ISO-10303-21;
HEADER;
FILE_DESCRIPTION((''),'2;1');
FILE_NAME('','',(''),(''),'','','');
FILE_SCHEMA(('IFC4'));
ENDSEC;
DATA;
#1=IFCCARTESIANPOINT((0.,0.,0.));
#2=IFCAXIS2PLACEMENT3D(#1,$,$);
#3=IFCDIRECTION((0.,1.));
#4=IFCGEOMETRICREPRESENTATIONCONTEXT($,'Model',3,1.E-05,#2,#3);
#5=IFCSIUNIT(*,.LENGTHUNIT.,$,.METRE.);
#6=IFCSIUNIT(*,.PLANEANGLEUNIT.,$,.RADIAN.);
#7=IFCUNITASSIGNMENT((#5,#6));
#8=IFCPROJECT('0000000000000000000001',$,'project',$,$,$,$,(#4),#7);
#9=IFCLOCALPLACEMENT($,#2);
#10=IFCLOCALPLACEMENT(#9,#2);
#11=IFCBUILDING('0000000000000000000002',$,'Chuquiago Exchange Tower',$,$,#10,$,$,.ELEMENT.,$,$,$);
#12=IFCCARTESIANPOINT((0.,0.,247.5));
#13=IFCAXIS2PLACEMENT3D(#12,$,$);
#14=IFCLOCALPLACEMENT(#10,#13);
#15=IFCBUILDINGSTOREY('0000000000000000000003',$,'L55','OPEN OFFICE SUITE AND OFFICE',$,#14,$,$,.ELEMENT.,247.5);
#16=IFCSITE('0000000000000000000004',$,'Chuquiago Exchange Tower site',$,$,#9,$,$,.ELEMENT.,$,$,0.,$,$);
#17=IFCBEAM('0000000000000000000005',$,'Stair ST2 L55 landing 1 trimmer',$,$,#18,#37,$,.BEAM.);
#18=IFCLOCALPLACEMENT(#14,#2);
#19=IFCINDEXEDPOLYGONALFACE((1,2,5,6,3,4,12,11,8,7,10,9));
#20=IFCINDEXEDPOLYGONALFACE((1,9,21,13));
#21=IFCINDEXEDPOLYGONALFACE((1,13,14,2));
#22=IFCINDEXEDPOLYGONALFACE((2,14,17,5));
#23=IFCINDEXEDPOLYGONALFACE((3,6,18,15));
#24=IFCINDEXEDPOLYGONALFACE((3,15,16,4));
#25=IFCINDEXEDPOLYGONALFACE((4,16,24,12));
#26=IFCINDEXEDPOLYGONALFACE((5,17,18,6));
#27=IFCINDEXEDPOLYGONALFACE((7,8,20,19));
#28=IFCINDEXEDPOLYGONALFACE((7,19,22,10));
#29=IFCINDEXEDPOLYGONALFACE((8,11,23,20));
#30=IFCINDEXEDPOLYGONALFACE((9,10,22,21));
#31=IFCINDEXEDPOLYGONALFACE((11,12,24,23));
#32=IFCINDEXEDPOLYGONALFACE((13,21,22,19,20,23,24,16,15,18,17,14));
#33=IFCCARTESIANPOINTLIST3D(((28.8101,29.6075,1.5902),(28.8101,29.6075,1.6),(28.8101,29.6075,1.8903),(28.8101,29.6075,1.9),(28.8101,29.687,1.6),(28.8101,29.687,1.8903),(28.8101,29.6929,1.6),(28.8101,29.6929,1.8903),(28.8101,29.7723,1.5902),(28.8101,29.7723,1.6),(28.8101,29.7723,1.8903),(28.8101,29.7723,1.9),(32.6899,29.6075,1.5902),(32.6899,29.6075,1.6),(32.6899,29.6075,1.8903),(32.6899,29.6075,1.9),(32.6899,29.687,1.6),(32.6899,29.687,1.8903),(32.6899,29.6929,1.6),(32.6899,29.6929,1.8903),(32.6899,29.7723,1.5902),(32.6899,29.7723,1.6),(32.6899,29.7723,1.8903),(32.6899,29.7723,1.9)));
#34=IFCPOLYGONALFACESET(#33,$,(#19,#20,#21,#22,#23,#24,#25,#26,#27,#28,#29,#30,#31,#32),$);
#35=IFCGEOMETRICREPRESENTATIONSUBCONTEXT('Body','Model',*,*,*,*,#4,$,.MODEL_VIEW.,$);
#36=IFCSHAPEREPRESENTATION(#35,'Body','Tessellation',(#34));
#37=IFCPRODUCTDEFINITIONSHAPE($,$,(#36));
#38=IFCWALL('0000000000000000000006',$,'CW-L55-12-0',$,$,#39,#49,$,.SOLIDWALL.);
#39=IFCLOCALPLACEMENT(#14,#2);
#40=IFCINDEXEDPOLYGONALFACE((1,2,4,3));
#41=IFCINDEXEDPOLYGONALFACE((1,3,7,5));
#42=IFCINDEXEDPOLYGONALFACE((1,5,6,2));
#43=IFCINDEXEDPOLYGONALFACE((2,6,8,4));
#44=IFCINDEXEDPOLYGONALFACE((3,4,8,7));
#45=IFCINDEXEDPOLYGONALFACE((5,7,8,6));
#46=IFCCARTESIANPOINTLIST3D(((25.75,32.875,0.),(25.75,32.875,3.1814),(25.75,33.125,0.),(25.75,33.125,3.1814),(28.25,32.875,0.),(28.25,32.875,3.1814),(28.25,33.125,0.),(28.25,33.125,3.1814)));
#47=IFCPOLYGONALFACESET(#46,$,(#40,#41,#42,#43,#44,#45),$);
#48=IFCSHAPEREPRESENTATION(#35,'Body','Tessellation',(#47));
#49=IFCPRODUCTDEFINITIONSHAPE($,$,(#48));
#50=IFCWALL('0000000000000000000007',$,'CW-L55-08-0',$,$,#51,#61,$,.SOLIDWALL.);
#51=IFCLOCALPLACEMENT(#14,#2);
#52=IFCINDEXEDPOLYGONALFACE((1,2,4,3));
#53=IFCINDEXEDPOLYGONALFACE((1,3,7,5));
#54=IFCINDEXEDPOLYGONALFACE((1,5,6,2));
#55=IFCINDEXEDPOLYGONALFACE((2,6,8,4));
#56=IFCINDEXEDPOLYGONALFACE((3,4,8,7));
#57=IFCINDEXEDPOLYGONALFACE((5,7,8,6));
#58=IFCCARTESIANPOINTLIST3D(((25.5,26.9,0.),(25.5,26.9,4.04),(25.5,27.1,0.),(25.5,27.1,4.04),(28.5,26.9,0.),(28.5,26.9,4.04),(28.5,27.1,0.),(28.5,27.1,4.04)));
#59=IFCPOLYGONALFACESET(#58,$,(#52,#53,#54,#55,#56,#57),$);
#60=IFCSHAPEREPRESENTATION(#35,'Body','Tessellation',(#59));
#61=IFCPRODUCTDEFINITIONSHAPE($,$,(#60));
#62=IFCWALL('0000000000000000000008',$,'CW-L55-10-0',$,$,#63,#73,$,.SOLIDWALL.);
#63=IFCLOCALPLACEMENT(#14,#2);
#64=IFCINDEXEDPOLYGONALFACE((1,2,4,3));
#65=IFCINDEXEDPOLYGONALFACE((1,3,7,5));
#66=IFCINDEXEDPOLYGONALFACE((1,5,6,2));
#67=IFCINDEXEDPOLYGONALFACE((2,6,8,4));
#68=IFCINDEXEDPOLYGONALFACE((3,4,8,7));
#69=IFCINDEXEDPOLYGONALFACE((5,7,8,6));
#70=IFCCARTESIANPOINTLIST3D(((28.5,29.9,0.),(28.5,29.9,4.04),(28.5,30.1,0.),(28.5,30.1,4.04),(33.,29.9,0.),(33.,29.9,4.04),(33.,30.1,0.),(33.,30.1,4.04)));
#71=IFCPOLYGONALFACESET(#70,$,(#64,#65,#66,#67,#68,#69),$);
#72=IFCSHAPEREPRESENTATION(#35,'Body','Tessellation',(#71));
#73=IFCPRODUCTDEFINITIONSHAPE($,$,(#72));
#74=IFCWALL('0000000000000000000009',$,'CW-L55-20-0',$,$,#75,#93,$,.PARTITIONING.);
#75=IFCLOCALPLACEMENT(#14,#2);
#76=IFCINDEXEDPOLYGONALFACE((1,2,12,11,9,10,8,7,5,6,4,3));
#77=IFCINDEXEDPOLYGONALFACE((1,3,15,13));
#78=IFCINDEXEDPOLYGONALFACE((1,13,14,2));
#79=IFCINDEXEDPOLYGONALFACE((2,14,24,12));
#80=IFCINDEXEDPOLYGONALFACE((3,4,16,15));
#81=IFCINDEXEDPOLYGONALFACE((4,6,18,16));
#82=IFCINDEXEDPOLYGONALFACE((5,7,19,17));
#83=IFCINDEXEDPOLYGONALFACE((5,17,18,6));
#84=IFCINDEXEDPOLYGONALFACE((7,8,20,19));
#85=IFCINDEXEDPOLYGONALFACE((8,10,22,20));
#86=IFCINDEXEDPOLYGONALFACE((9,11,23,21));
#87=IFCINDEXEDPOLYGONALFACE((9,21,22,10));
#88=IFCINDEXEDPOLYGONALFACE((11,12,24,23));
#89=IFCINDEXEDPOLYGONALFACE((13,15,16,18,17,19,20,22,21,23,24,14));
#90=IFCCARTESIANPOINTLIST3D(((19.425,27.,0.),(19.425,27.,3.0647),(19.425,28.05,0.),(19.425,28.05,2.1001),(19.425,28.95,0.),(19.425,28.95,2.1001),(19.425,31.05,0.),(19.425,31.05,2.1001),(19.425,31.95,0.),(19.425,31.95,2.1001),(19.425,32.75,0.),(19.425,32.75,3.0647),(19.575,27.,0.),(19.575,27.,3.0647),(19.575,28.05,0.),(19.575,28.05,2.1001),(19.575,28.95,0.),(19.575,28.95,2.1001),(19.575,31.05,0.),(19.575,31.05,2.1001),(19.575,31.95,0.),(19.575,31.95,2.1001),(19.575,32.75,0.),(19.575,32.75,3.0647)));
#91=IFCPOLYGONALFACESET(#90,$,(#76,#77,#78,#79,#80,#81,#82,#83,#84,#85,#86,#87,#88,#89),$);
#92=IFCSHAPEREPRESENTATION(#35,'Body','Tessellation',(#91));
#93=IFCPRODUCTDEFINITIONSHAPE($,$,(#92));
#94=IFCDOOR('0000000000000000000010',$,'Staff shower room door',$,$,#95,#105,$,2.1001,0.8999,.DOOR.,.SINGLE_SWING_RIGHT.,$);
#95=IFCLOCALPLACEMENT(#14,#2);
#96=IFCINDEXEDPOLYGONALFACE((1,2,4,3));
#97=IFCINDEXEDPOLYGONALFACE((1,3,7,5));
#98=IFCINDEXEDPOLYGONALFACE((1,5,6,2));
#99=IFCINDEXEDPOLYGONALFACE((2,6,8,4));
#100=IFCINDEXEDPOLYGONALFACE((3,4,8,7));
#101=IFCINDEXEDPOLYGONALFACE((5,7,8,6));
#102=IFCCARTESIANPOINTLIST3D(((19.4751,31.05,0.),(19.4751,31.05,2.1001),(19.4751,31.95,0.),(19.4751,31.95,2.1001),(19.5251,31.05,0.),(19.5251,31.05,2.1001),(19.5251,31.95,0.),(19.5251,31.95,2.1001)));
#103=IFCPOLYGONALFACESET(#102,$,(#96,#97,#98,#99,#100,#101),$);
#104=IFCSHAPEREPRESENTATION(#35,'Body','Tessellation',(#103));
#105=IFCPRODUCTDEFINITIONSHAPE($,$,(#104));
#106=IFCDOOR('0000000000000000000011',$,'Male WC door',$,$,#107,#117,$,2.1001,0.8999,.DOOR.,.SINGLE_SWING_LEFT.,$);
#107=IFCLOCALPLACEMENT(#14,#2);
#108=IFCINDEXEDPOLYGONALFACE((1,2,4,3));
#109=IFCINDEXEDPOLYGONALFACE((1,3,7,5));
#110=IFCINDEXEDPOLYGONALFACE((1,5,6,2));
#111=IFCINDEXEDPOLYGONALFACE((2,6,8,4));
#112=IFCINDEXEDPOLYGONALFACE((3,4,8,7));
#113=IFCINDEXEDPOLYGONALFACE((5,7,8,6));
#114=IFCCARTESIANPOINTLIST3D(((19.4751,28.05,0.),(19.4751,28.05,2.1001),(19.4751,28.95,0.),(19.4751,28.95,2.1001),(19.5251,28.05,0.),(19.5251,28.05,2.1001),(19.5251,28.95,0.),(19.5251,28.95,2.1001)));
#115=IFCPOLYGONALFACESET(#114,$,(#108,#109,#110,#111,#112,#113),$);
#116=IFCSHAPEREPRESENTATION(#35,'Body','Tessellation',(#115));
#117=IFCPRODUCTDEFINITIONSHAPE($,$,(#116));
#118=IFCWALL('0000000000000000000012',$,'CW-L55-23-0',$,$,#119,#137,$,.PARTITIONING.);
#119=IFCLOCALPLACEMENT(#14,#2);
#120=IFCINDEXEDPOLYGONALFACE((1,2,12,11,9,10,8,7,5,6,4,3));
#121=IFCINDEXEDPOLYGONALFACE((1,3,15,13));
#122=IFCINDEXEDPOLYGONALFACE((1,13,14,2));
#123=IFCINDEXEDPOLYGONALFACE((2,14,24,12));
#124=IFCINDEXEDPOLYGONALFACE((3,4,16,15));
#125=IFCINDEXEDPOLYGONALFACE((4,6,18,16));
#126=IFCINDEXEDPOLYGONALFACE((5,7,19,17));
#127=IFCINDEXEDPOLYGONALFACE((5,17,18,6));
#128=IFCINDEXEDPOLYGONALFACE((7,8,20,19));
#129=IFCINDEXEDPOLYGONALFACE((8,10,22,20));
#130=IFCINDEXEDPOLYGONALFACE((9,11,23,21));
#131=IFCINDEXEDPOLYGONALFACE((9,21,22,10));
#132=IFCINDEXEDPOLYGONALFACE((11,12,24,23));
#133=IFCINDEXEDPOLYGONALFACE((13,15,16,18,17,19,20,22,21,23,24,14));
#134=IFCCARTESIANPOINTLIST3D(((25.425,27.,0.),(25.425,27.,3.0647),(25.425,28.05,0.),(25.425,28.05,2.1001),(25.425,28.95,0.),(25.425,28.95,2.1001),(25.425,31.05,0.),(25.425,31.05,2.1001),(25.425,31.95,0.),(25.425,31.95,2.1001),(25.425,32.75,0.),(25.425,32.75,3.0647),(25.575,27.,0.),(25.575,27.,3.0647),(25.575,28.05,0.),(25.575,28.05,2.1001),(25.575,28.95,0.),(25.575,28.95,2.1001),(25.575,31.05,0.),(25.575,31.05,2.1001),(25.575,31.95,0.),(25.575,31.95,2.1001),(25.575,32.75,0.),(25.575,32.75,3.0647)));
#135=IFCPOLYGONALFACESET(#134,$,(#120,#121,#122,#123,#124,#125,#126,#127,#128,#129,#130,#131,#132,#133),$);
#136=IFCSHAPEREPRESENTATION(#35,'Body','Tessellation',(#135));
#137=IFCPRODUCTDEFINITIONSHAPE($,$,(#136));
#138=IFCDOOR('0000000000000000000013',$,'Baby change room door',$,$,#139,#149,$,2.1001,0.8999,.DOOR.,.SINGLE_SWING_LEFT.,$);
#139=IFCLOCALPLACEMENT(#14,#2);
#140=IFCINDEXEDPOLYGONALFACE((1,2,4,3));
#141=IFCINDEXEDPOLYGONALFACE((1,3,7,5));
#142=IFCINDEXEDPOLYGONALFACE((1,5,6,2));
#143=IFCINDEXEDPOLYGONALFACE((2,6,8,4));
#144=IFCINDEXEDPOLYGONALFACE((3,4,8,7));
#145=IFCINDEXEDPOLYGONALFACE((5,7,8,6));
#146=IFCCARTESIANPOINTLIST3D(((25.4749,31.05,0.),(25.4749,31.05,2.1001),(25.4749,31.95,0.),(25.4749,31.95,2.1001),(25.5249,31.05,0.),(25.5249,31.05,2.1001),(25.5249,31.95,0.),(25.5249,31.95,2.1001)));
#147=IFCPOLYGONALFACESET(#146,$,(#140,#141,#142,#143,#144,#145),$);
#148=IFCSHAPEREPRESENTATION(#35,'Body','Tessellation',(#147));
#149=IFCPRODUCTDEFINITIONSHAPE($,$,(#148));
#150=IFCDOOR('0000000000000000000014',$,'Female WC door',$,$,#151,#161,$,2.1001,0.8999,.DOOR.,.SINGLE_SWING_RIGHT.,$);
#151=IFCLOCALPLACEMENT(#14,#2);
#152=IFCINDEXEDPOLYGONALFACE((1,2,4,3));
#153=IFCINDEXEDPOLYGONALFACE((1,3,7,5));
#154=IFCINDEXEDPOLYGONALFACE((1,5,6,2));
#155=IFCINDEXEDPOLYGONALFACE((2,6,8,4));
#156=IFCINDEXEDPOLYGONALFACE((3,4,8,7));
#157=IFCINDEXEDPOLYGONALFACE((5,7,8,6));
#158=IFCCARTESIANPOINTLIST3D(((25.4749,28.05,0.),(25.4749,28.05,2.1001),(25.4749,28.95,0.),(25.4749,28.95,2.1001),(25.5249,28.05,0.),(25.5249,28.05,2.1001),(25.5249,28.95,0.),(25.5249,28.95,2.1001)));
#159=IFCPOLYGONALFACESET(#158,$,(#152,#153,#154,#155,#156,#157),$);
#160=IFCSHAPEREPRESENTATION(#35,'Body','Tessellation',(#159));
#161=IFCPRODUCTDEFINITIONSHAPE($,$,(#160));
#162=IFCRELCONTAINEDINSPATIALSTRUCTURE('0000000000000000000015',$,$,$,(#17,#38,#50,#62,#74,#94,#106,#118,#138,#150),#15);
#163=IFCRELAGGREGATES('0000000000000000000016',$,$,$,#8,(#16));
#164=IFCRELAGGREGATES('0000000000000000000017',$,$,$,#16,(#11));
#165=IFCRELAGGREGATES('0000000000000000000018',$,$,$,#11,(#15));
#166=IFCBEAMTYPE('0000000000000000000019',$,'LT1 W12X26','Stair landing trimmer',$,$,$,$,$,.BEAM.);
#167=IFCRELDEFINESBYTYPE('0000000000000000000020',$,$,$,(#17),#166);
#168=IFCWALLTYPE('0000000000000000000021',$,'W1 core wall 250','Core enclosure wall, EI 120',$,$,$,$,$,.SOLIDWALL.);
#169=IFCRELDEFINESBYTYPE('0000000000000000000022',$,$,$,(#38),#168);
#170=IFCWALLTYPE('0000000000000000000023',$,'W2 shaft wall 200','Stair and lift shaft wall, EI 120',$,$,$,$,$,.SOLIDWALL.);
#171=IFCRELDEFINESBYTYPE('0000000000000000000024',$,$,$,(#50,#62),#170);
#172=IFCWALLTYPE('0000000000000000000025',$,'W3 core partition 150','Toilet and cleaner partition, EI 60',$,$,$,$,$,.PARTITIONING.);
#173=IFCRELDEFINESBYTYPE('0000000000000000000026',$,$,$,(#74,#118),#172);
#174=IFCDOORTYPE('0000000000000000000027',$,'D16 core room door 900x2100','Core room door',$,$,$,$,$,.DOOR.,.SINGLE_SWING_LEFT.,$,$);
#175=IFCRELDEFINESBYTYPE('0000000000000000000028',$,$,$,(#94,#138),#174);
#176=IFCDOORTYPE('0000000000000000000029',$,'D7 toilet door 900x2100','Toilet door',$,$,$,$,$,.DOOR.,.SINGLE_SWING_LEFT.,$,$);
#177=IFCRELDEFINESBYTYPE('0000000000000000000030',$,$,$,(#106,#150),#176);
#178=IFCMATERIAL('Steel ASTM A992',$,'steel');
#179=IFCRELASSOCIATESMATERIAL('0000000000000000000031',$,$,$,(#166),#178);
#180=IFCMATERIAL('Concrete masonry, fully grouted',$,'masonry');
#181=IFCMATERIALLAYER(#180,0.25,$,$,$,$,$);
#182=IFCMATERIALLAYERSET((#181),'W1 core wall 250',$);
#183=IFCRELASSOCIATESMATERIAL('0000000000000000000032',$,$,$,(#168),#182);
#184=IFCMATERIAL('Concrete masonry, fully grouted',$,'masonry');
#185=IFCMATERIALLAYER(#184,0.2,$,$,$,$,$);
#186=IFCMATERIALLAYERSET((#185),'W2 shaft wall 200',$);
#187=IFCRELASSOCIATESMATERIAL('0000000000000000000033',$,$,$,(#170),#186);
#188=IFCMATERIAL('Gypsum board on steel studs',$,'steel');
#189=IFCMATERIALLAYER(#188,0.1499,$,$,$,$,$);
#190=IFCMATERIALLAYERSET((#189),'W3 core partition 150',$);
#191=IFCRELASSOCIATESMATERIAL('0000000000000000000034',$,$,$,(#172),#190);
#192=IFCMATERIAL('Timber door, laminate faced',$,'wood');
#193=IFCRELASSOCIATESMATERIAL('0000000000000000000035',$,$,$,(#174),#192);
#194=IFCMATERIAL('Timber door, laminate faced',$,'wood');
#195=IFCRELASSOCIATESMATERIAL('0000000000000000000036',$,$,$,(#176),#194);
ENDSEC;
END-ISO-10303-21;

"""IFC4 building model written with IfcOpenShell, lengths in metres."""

from ifc_helpers import new_model, si_unit, direction, frame, frame_2d, origin, origin_2d, place, context, subcontext, project, spatial, rectangle, i_section, extrude, material, layer, layer_set, material_profile, profile_set, type_object, element, fill, save


model = new_model("IFC4")

# Units and contexts
model_context = context("Model", 3, precision=1e-05, world=origin(), true_north=direction((0.0, 1.0)))
body_context = subcontext(model_context, "Body", "Model", "MODEL_VIEW")
ifc_project = project(units=[si_unit("LENGTHUNIT", "METRE"), si_unit("PLANEANGLEUNIT", "RADIAN")], contexts=[model_context])

# Site, building, storey
site_placement = place(None, origin())
site = spatial("IfcSite", under=ifc_project, at=site_placement, Name="Chuquiago Exchange Tower site", CompositionType="ELEMENT", RefElevation=0.0)
building_placement = place(site_placement, origin())
building = spatial("IfcBuilding", under=site, at=building_placement, Name="Chuquiago Exchange Tower", CompositionType="ELEMENT")
storey_placement = place(building_placement, frame((0.0, 0.0, 247.5)))
storey = spatial("IfcBuildingStorey", under=building, at=storey_placement, Name="L55", Description="OPEN OFFICE SUITE AND OFFICE", CompositionType="ELEMENT", Elevation=247.5)

# Beam
ifc_material_1 = material(Name="Steel ASTM A992", Category="steel")
ifc_material_profile_1 = material_profile(ifc_material_1, i_section(OverallWidth=0.1648, OverallDepth=0.3098, WebThickness=0.0059, FlangeThickness=0.0098, at=origin_2d()), Name="W12X26")
ifc_profile_set_1 = profile_set([ifc_material_profile_1], Name="Steel ASTM A992")
beam_type_1 = type_object("IfcBeamType", Name="LT1 W12X26", Description="Stair landing trimmer", PredefinedType="BEAM", material=ifc_profile_set_1)
beam_1_placement = place(storey_placement, frame((28.8101, 29.6899, 1.7451), z_axis=(1.0, 0.0, 0.0), x_axis=(0.0, 1.0, 0.0)))
element("IfcBeam", 1, at=beam_1_placement, inside=storey, type_object=beam_type_1, Name="Stair ST2 L55 landing 1 trimmer", PredefinedType="BEAM", context=body_context, shape_type="SweptSolid", body=[
    extrude(i_section(OverallWidth=0.1648, OverallDepth=0.3098, WebThickness=0.0059, FlangeThickness=0.0098, at=origin_2d()), origin(), (0.0, 0.0, 1.0), 3.8799),
])

# Walls
ifc_material_2 = material(Name="Concrete masonry, fully grouted", Category="masonry")
ifc_layer_1 = layer(ifc_material_2, 0.25)
ifc_layer_set_1 = layer_set([ifc_layer_1], Name="W1 core wall 250")
wall_type_1 = type_object("IfcWallType", Name="W1 core wall 250", Description="Core enclosure wall, EI 120", PredefinedType="SOLIDWALL", material=ifc_layer_set_1)
wall_1_placement = place(storey_placement, frame((25.75, 33.0, 0.0), z_axis=(0.0, 0.0, 1.0), x_axis=(1.0, 0.0, 0.0)))
element("IfcWall", 2, at=wall_1_placement, inside=storey, type_object=wall_type_1, Name="CW-L55-12-0", PredefinedType="SOLIDWALL", context=body_context, shape_type="SweptSolid", body=[
    extrude(rectangle(XDim=2.5, YDim=0.25, at=frame_2d((1.25, 0.0))), origin(), (0.0, 0.0, 1.0), 3.1814),
])
ifc_material_3 = material(Name="Concrete masonry, fully grouted", Category="masonry")
ifc_layer_2 = layer(ifc_material_3, 0.2)
ifc_layer_set_2 = layer_set([ifc_layer_2], Name="W2 shaft wall 200")
wall_type_2 = type_object("IfcWallType", Name="W2 shaft wall 200", Description="Stair and lift shaft wall, EI 120", PredefinedType="SOLIDWALL", material=ifc_layer_set_2)
wall_2_placement = place(storey_placement, frame((25.5, 27.0, 0.0), z_axis=(0.0, 0.0, 1.0), x_axis=(1.0, 0.0, 0.0)))
element("IfcWall", 3, at=wall_2_placement, inside=storey, type_object=wall_type_2, Name="CW-L55-08-0", PredefinedType="SOLIDWALL", context=body_context, shape_type="SweptSolid", body=[
    extrude(rectangle(XDim=3.0, YDim=0.2, at=frame_2d((1.5, 0.0))), origin(), (0.0, 0.0, 1.0), 4.04),
])
wall_3_placement = place(storey_placement, frame((28.5, 30.0, 0.0), z_axis=(0.0, 0.0, 1.0), x_axis=(1.0, 0.0, 0.0)))
element("IfcWall", 4, at=wall_3_placement, inside=storey, type_object=wall_type_2, Name="CW-L55-10-0", PredefinedType="SOLIDWALL", context=body_context, shape_type="SweptSolid", body=[
    extrude(rectangle(XDim=4.5, YDim=0.2, at=frame_2d((2.25, 0.0))), origin(), (0.0, 0.0, 1.0), 4.04),
])

# Walls, openings, doors
ifc_material_4 = material(Name="Gypsum board on steel studs", Category="steel")
ifc_layer_3 = layer(ifc_material_4, 0.1499)
ifc_layer_set_3 = layer_set([ifc_layer_3], Name="W3 core partition 150")
wall_type_3 = type_object("IfcWallType", Name="W3 core partition 150", Description="Toilet and cleaner partition, EI 60", PredefinedType="PARTITIONING", material=ifc_layer_set_3)
wall_4_placement = place(storey_placement, frame((19.5, 27.0, 0.0), z_axis=(0.0, 0.0, 1.0), x_axis=(0.0, 1.0, 0.0)))
wall_4 = element("IfcWall", 5, at=wall_4_placement, inside=storey, type_object=wall_type_3, Name="CW-L55-20-0", PredefinedType="PARTITIONING", context=body_context, shape_type="SweptSolid", body=[
    extrude(rectangle(XDim=5.75, YDim=0.1499, at=frame_2d((2.875, 0.0))), origin(), (0.0, 0.0, 1.0), 3.0647),
])
opening_1_placement = place(wall_4_placement, frame((1.05, 0.0, 0.0)))
opening_1 = element("IfcOpeningElement", 6, at=opening_1_placement, cuts=wall_4, PredefinedType="OPENING", context=body_context, shape_type="SweptSolid", body=[
    extrude(rectangle(XDim=0.8999, YDim=2.1001, at=frame_2d((0.45, 1.05))), frame((0.0, 0.085, 0.0), z_axis=(0.0, -1.0, 0.0), x_axis=(1.0, 0.0, 0.0)), (0.0, 0.0, 1.0), 0.1699),
])
opening_2_placement = place(wall_4_placement, frame((4.05, 0.0, 0.0)))
opening_2 = element("IfcOpeningElement", 7, at=opening_2_placement, cuts=wall_4, PredefinedType="OPENING", context=body_context, shape_type="SweptSolid", body=[
    extrude(rectangle(XDim=0.8999, YDim=2.1001, at=frame_2d((0.45, 1.05))), frame((0.0, 0.085, 0.0), z_axis=(0.0, -1.0, 0.0), x_axis=(1.0, 0.0, 0.0)), (0.0, 0.0, 1.0), 0.1699),
])
ifc_material_5 = material(Name="Timber door, laminate faced", Category="wood")
door_type_1 = type_object("IfcDoorType", Name="D16 core room door 900x2100", Description="Core room door", OperationType="SINGLE_SWING_LEFT", PredefinedType="DOOR", material=ifc_material_5)
door_1_placement = place(opening_2_placement, origin())
door_1 = element("IfcDoor", 8, at=door_1_placement, inside=storey, type_object=door_type_1, Name="Staff shower room door", OperationType="SINGLE_SWING_RIGHT", OverallHeight=2.1001, OverallWidth=0.8999, PredefinedType="DOOR", context=body_context, shape_type="SweptSolid", body=[
    extrude(rectangle(XDim=0.8999, YDim=2.1001, at=frame_2d((0.45, 1.05))), frame((0.0, 0.0249, 0.0), z_axis=(0.0, -1.0, 0.0), x_axis=(1.0, 0.0, 0.0)), (0.0, 0.0, 1.0), 0.05),
])
fill(opening_2, door_1)
ifc_material_6 = material(Name="Timber door, laminate faced", Category="wood")
door_type_2 = type_object("IfcDoorType", Name="D7 toilet door 900x2100", Description="Toilet door", OperationType="SINGLE_SWING_LEFT", PredefinedType="DOOR", material=ifc_material_6)
door_2_placement = place(opening_1_placement, origin())
door_2 = element("IfcDoor", 9, at=door_2_placement, inside=storey, type_object=door_type_2, Name="Male WC door", OperationType="SINGLE_SWING_LEFT", OverallHeight=2.1001, OverallWidth=0.8999, PredefinedType="DOOR", context=body_context, shape_type="SweptSolid", body=[
    extrude(rectangle(XDim=0.8999, YDim=2.1001, at=frame_2d((0.45, 1.05))), frame((0.0, 0.0249, 0.0), z_axis=(0.0, -1.0, 0.0), x_axis=(1.0, 0.0, 0.0)), (0.0, 0.0, 1.0), 0.05),
])
fill(opening_1, door_2)
wall_5_placement = place(storey_placement, frame((25.5, 27.0, 0.0), z_axis=(0.0, 0.0, 1.0), x_axis=(0.0, 1.0, 0.0)))
wall_5 = element("IfcWall", 10, at=wall_5_placement, inside=storey, type_object=wall_type_3, Name="CW-L55-23-0", PredefinedType="PARTITIONING", context=body_context, shape_type="SweptSolid", body=[
    extrude(rectangle(XDim=5.75, YDim=0.1499, at=frame_2d((2.875, 0.0))), origin(), (0.0, 0.0, 1.0), 3.0647),
])
opening_3_placement = place(wall_5_placement, frame((1.05, 0.0, 0.0)))
opening_3 = element("IfcOpeningElement", 11, at=opening_3_placement, cuts=wall_5, PredefinedType="OPENING", context=body_context, shape_type="SweptSolid", body=[
    extrude(rectangle(XDim=0.8999, YDim=2.1001, at=frame_2d((0.45, 1.05))), frame((0.0, 0.085, 0.0), z_axis=(0.0, -1.0, 0.0), x_axis=(1.0, 0.0, 0.0)), (0.0, 0.0, 1.0), 0.1699),
])
opening_4_placement = place(wall_5_placement, frame((4.05, 0.0, 0.0)))
opening_4 = element("IfcOpeningElement", 12, at=opening_4_placement, cuts=wall_5, PredefinedType="OPENING", context=body_context, shape_type="SweptSolid", body=[
    extrude(rectangle(XDim=0.8999, YDim=2.1001, at=frame_2d((0.45, 1.05))), frame((0.0, 0.085, 0.0), z_axis=(0.0, -1.0, 0.0), x_axis=(1.0, 0.0, 0.0)), (0.0, 0.0, 1.0), 0.1699),
])
door_3_placement = place(opening_4_placement, frame((0.8999, 0.0, 0.0), z_axis=(0.0, 0.0, 1.0), x_axis=(-1.0, 0.0, 0.0)))
door_3 = element("IfcDoor", 13, at=door_3_placement, inside=storey, type_object=door_type_1, Name="Baby change room door", OperationType="SINGLE_SWING_LEFT", OverallHeight=2.1001, OverallWidth=0.8999, PredefinedType="DOOR", context=body_context, shape_type="SweptSolid", body=[
    extrude(rectangle(XDim=0.8999, YDim=2.1001, at=frame_2d((0.45, 1.05))), frame((0.0, 0.0249, 0.0), z_axis=(0.0, -1.0, 0.0), x_axis=(1.0, 0.0, 0.0)), (0.0, 0.0, 1.0), 0.05),
])
fill(opening_4, door_3)
door_4_placement = place(opening_3_placement, frame((0.8999, 0.0, 0.0), z_axis=(0.0, 0.0, 1.0), x_axis=(-1.0, 0.0, 0.0)))
door_4 = element("IfcDoor", 14, at=door_4_placement, inside=storey, type_object=door_type_2, Name="Female WC door", OperationType="SINGLE_SWING_RIGHT", OverallHeight=2.1001, OverallWidth=0.8999, PredefinedType="DOOR", context=body_context, shape_type="SweptSolid", body=[
    extrude(rectangle(XDim=0.8999, YDim=2.1001, at=frame_2d((0.45, 1.05))), frame((0.0, 0.0249, 0.0), z_axis=(0.0, -1.0, 0.0), x_axis=(1.0, 0.0, 0.0)), (0.0, 0.0, 1.0), 0.05),
])
fill(opening_3, door_4)

save(model, "model.ifc")
